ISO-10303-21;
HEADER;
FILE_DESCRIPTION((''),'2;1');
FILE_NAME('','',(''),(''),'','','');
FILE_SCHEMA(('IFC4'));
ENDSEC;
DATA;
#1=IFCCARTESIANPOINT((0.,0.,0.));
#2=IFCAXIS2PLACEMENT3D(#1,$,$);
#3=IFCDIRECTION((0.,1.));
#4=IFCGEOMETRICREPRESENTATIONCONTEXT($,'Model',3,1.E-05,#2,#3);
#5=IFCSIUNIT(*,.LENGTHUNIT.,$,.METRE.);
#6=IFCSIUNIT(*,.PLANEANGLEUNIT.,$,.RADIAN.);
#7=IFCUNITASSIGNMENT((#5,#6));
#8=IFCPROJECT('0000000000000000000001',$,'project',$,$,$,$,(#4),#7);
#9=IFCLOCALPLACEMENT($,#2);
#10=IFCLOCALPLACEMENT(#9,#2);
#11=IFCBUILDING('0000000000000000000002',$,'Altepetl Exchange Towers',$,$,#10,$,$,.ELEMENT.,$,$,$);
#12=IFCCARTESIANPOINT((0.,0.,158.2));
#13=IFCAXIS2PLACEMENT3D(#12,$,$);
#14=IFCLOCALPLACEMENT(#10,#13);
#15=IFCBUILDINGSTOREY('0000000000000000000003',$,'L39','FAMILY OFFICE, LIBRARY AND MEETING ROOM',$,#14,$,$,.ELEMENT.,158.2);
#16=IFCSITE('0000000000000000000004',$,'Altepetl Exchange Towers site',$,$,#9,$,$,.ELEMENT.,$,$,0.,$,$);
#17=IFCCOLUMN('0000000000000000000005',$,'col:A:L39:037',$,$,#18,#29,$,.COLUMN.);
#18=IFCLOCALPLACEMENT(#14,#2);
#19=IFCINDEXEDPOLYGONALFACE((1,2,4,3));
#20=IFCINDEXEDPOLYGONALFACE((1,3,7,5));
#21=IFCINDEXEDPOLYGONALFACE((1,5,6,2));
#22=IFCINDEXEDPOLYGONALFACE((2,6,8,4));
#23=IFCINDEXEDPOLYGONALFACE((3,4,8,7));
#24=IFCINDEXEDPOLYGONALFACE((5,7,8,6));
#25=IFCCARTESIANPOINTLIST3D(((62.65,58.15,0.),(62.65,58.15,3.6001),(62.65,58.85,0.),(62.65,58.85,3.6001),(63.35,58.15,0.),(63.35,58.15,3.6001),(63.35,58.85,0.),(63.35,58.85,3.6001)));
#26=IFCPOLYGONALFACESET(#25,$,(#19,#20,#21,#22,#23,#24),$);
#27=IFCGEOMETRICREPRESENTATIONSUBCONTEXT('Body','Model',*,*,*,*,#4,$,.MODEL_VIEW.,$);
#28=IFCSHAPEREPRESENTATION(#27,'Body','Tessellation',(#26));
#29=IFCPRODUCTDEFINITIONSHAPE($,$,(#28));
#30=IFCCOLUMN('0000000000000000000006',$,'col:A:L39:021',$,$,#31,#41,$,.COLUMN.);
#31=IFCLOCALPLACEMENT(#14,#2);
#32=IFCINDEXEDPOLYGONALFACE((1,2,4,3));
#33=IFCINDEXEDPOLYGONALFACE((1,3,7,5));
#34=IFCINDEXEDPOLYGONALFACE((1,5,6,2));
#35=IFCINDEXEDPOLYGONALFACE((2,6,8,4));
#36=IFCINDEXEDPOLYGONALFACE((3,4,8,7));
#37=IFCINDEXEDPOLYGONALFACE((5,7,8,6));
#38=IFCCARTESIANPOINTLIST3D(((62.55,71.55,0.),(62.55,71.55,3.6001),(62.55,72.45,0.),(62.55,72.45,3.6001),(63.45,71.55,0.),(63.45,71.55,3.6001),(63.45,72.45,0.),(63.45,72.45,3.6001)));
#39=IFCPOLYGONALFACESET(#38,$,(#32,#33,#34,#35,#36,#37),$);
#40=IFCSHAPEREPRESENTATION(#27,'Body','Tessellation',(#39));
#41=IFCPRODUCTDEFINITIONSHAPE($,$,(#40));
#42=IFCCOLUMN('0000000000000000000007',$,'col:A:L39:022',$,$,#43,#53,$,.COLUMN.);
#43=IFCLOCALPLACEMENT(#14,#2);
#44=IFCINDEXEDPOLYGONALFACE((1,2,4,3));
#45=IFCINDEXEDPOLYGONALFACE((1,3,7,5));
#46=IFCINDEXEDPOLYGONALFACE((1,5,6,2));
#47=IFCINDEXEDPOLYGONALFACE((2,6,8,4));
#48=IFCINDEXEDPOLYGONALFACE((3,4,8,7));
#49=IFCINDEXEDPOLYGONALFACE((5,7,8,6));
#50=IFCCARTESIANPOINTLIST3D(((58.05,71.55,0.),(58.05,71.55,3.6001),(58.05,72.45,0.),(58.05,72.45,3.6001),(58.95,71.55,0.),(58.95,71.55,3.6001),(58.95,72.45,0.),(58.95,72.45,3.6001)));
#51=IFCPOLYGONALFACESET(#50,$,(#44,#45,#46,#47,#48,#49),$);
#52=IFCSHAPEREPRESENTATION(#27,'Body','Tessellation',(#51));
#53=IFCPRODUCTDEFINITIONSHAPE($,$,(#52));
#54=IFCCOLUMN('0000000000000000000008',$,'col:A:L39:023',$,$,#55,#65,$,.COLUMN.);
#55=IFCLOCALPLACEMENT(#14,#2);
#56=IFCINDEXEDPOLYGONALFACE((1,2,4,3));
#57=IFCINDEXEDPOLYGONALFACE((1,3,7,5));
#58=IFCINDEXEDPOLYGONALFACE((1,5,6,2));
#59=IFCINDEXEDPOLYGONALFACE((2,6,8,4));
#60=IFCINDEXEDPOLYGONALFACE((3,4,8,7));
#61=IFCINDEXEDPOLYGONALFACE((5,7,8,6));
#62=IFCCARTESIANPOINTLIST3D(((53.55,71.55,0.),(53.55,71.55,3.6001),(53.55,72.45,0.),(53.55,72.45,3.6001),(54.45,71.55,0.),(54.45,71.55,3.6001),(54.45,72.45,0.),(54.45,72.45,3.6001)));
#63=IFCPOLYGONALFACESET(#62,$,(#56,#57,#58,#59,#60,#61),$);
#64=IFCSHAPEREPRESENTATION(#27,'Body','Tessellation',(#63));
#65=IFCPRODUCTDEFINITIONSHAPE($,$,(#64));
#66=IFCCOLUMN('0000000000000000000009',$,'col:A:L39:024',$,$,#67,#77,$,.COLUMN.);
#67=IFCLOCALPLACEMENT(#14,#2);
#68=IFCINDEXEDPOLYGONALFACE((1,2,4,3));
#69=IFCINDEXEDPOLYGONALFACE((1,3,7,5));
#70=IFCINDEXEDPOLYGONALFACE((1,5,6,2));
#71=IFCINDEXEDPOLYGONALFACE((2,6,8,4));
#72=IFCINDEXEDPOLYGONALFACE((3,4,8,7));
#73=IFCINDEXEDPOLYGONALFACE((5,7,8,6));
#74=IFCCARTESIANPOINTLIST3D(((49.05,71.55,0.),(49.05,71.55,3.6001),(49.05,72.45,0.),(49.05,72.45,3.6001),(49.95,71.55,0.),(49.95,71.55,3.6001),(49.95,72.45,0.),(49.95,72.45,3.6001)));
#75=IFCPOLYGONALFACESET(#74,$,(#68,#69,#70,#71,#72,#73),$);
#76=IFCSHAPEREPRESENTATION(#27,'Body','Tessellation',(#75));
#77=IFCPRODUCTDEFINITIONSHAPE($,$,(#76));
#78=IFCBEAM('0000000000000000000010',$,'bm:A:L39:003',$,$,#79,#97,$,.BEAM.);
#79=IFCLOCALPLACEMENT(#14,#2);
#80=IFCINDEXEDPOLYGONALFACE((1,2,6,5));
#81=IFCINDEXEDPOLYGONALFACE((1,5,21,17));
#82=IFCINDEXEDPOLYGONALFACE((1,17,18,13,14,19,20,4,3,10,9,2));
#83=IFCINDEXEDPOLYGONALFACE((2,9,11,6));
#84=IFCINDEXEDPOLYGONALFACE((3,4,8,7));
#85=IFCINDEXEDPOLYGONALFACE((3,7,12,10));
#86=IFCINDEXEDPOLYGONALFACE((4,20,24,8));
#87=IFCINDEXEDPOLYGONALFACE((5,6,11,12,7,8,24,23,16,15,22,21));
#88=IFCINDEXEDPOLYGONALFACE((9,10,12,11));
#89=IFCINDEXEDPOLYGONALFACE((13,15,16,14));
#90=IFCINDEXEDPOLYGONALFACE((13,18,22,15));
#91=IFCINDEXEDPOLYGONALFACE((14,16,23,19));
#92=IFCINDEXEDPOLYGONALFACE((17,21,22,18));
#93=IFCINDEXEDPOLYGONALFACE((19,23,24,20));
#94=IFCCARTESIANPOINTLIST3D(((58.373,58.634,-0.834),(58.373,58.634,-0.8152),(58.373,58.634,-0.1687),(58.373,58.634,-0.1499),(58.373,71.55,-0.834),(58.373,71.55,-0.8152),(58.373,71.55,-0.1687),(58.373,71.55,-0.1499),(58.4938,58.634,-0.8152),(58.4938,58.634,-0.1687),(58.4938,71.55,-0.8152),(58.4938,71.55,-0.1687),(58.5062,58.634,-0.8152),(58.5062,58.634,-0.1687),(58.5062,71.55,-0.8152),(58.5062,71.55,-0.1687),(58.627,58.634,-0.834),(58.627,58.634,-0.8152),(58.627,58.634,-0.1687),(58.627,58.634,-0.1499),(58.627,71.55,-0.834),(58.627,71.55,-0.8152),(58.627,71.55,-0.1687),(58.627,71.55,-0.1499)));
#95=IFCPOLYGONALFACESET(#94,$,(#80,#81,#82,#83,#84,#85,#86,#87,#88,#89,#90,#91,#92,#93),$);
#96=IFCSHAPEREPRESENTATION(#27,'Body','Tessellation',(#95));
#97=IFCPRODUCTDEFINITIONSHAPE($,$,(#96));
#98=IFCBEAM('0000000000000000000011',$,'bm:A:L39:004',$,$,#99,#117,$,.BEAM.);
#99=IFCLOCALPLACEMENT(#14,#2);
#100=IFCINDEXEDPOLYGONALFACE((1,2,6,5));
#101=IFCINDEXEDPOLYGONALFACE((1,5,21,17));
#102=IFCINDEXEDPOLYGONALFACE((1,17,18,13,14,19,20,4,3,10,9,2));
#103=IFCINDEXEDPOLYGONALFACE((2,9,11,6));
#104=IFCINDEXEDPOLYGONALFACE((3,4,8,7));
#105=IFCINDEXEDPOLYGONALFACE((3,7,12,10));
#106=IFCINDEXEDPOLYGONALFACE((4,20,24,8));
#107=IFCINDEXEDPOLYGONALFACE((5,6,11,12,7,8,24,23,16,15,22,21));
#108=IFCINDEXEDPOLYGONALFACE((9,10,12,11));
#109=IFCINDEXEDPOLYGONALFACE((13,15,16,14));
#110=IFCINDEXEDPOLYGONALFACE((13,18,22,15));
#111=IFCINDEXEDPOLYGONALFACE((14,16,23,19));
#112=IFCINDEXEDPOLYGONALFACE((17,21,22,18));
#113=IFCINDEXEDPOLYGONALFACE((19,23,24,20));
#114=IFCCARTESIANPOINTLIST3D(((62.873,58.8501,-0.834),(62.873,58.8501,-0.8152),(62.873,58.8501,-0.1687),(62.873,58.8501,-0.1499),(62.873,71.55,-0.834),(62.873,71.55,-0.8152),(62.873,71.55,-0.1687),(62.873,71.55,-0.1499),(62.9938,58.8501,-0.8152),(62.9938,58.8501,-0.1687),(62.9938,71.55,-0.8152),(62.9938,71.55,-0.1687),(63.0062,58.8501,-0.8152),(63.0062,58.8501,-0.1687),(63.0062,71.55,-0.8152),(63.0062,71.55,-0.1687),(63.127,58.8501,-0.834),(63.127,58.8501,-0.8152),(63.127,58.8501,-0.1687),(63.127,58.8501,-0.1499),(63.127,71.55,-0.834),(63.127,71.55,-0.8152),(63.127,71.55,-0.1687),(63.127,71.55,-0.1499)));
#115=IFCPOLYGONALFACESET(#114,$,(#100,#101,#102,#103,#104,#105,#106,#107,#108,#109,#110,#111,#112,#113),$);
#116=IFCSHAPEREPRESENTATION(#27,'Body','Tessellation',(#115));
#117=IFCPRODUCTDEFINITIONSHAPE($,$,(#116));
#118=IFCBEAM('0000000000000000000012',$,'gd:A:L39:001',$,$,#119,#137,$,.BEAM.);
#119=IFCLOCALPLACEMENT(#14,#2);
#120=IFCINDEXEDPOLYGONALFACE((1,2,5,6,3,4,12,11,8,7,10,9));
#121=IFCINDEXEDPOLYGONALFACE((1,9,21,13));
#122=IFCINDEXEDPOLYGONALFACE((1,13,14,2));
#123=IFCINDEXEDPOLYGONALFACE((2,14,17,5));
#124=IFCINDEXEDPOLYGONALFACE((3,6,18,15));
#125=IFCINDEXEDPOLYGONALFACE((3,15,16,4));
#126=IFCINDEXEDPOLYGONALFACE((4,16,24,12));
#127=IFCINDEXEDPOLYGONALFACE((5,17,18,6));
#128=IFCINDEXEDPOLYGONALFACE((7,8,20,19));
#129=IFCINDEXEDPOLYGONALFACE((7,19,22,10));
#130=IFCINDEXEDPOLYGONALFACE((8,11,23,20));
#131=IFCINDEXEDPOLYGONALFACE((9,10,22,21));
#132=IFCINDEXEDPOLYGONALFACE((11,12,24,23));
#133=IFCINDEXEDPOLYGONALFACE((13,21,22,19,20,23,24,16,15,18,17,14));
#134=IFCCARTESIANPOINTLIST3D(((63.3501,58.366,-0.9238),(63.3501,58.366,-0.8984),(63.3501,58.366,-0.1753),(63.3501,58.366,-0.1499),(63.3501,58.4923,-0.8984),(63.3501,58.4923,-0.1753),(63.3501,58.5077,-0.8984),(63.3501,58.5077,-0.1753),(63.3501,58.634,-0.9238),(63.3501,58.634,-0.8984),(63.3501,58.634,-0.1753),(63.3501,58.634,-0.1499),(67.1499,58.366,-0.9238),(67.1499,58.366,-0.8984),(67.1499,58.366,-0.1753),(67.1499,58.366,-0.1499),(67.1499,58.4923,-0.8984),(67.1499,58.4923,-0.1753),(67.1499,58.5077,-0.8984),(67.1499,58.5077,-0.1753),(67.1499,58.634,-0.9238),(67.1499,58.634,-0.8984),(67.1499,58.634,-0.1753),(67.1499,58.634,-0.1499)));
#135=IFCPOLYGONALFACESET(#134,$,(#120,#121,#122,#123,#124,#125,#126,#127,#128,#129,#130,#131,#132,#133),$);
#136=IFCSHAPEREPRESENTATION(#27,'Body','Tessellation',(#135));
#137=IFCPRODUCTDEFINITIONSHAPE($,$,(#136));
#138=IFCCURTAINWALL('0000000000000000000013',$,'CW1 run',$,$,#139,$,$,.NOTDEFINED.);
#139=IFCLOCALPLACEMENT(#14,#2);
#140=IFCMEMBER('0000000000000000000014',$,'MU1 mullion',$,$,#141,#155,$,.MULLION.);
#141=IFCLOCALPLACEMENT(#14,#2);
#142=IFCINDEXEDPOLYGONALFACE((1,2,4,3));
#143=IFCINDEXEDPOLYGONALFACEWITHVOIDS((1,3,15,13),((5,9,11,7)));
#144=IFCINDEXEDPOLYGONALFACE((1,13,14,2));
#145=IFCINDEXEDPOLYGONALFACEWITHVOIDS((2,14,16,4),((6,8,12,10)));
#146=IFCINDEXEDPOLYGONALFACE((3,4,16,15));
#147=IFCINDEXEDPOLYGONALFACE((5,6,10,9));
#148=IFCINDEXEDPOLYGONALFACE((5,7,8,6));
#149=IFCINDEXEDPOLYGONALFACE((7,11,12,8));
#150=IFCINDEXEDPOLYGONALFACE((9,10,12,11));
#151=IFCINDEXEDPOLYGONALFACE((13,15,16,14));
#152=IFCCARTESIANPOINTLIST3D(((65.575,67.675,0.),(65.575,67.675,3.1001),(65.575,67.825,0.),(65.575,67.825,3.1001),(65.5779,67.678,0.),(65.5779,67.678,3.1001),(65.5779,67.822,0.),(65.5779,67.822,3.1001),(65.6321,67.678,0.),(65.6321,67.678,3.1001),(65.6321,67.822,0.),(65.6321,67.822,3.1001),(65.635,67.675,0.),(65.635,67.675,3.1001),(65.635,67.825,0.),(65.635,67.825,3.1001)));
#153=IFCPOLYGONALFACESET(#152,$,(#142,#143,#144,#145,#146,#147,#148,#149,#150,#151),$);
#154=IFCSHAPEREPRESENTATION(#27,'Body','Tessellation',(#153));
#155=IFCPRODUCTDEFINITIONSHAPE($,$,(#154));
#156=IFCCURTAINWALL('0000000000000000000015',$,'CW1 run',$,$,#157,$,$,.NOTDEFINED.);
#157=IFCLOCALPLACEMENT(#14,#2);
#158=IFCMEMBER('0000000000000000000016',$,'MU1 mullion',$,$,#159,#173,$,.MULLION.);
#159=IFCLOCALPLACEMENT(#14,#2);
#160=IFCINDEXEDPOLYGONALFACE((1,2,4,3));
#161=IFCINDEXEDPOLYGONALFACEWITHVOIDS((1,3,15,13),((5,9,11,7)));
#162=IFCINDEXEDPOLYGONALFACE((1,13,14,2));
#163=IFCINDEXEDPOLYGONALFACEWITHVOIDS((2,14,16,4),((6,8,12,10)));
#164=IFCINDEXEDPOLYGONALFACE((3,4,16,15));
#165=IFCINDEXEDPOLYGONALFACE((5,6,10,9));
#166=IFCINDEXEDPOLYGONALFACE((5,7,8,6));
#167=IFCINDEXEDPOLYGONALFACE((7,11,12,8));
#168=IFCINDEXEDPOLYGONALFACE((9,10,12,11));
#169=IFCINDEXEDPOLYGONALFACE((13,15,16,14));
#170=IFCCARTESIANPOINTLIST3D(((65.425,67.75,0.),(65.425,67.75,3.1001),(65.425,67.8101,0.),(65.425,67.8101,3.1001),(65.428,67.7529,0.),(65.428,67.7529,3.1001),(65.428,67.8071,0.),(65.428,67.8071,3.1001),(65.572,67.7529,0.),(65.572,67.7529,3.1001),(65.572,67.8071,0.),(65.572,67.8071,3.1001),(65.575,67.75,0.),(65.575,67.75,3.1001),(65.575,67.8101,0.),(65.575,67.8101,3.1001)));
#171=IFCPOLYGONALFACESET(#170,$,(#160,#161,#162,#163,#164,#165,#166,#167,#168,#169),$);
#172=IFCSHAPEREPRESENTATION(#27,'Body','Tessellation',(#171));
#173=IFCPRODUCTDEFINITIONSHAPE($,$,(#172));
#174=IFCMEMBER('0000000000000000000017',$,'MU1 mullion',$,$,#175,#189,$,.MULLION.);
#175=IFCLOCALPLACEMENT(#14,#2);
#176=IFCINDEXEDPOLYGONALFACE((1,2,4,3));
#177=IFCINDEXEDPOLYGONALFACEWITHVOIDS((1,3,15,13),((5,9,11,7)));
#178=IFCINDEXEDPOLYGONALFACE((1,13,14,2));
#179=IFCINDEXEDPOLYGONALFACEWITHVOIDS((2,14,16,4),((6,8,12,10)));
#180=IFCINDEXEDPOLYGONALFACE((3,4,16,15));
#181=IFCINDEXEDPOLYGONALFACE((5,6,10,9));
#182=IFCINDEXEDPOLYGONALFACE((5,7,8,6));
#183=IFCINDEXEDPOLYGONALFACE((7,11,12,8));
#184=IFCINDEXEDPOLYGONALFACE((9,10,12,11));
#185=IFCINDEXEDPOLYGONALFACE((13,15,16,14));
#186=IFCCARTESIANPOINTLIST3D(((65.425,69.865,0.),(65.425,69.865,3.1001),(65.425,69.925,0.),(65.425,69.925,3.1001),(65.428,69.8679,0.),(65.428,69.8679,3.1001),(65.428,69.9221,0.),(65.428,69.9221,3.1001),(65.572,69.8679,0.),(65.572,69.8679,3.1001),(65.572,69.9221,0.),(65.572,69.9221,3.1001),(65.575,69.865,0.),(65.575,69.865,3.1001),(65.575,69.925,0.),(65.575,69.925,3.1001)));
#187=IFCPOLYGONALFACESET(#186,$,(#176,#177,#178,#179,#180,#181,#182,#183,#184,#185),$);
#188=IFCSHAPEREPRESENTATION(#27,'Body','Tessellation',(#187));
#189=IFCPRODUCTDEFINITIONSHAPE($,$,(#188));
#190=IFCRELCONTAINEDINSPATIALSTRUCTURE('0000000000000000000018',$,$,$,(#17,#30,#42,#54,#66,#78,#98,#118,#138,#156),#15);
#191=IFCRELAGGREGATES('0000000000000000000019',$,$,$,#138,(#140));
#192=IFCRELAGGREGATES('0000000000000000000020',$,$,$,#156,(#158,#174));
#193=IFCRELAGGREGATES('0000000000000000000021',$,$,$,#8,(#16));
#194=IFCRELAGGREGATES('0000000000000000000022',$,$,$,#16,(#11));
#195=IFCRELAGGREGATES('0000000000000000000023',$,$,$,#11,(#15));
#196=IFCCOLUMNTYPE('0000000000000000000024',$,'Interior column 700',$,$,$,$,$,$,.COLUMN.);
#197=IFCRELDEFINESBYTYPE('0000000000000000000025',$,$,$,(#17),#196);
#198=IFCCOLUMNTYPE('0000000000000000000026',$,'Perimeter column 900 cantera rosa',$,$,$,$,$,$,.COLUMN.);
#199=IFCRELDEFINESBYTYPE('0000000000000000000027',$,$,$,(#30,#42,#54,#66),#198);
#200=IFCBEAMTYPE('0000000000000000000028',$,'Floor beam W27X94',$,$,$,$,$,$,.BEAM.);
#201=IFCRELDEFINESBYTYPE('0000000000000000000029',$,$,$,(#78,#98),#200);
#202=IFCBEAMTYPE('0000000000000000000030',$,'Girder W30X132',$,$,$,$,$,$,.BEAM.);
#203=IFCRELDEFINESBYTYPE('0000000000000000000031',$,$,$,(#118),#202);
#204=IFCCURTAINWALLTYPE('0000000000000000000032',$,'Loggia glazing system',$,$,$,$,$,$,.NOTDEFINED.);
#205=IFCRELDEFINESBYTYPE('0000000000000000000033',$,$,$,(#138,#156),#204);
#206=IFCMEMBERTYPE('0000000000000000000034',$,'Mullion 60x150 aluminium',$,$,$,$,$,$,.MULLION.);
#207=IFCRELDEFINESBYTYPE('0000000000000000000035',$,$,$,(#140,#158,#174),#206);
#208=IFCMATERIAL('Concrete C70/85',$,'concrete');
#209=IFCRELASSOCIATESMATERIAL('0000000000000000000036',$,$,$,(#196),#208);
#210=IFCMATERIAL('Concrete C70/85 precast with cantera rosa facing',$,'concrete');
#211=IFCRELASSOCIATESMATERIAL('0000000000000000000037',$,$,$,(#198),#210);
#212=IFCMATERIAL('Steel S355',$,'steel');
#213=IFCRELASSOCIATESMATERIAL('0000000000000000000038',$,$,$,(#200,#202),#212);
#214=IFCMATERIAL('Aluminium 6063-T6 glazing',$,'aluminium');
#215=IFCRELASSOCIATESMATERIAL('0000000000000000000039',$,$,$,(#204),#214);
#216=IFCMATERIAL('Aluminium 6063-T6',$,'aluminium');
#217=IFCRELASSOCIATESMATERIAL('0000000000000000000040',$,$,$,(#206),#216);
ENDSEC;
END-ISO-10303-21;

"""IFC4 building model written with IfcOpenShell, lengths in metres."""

from ifc_helpers import new_model, si_unit, direction, frame, origin, origin_2d, place, context, subcontext, project, spatial, rectangle, hollow_rectangle, i_section, extrude, material, material_profile, profile_set, type_object, element, aggregate, save


model = new_model("IFC4")

# Units and contexts
model_context = context("Model", 3, precision=1e-05, world=origin(), true_north=direction((0.0, 1.0)))
body_context = subcontext(model_context, "Body", "Model", "MODEL_VIEW")
ifc_project = project(units=[si_unit("LENGTHUNIT", "METRE"), si_unit("PLANEANGLEUNIT", "RADIAN")], contexts=[model_context])

# Site, building, storey
site_placement = place(None, origin())
site = spatial("IfcSite", under=ifc_project, at=site_placement, Name="Altepetl Exchange Towers site", CompositionType="ELEMENT", RefElevation=0.0)
building_placement = place(site_placement, origin())
building = spatial("IfcBuilding", under=site, at=building_placement, Name="Altepetl Exchange Towers", CompositionType="ELEMENT")
storey_placement = place(building_placement, frame((0.0, 0.0, 158.2)))
storey = spatial("IfcBuildingStorey", under=building, at=storey_placement, Name="L39", Description="FAMILY OFFICE, LIBRARY AND MEETING ROOM", CompositionType="ELEMENT", Elevation=158.2)

# Columns
ifc_material_1 = material(Name="Concrete C70/85", Category="concrete")
ifc_material_profile_1 = material_profile(ifc_material_1, rectangle(XDim=0.7, YDim=0.7, at=origin_2d()), Name="700 x 700")
ifc_profile_set_1 = profile_set([ifc_material_profile_1], Name="Concrete C70/85")
column_type_1 = type_object("IfcColumnType", Name="Interior column 700", PredefinedType="COLUMN", material=ifc_profile_set_1)
column_placement = place(storey_placement, frame((63.0, 58.5, 0.0)))
element("IfcColumn", 1, at=column_placement, inside=storey, type_object=column_type_1, Name="col:A:L39:037", PredefinedType="COLUMN", context=body_context, shape_type="SweptSolid", body=[
    extrude(rectangle(XDim=0.7, YDim=0.7, at=origin_2d()), origin(), (0.0, 0.0, 1.0), 3.6001),
])
ifc_material_2 = material(Name="Concrete C70/85 precast with cantera rosa facing", Category="concrete")
ifc_material_profile_2 = material_profile(ifc_material_2, rectangle(XDim=0.8999, YDim=0.8999, at=origin_2d()), Name="900 x 900")
ifc_profile_set_2 = profile_set([ifc_material_profile_2], Name="Concrete C70/85 precast with cantera rosa facing")
column_type_2 = type_object("IfcColumnType", Name="Perimeter column 900 cantera rosa", PredefinedType="COLUMN", material=ifc_profile_set_2)
for number, where, name in (
    (2, (63.0, 72.0, 0.0), "col:A:L39:021"),
    (3, (58.5, 72.0, 0.0), "col:A:L39:022"),
    (4, (54.0, 72.0, 0.0), "col:A:L39:023"),
    (5, (49.5, 72.0, 0.0), "col:A:L39:024"),
):
    element("IfcColumn", number, at=place(storey_placement, frame(where)), inside=storey, type_object=column_type_2, Name=name, PredefinedType="COLUMN", context=body_context, shape_type="SweptSolid", body=[
        extrude(rectangle(XDim=0.8999, YDim=0.8999, at=origin_2d()), origin(), (0.0, 0.0, 1.0), 3.6001),
    ])

# Beams
ifc_material_3 = material(Name="Steel S355", Category="steel")
ifc_material_profile_3 = material_profile(ifc_material_3, i_section(OverallWidth=0.2539, OverallDepth=0.6841, WebThickness=0.0125, FlangeThickness=0.0188, at=origin_2d()), Name="W27X94")
ifc_profile_set_3 = profile_set([ifc_material_profile_3], Name="Steel S355")
beam_type_1 = type_object("IfcBeamType", Name="Floor beam W27X94", PredefinedType="BEAM", material=ifc_profile_set_3)
beam_1_placement = place(storey_placement, frame((58.5, 58.634, -0.4919), z_axis=(0.0, 1.0, 0.0), x_axis=(-1.0, 0.0, 0.0)))
element("IfcBeam", 6, at=beam_1_placement, inside=storey, type_object=beam_type_1, Name="bm:A:L39:003", PredefinedType="BEAM", context=body_context, shape_type="SweptSolid", body=[
    extrude(i_section(OverallWidth=0.2539, OverallDepth=0.6841, WebThickness=0.0125, FlangeThickness=0.0188, at=origin_2d()), origin(), (0.0, 0.0, 1.0), 12.916),
])
beam_2_placement = place(storey_placement, frame((63.0, 58.8501, -0.4919), z_axis=(0.0, 1.0, 0.0), x_axis=(-1.0, 0.0, 0.0)))
element("IfcBeam", 7, at=beam_2_placement, inside=storey, type_object=beam_type_1, Name="bm:A:L39:004", PredefinedType="BEAM", context=body_context, shape_type="SweptSolid", body=[
    extrude(i_section(OverallWidth=0.2539, OverallDepth=0.6841, WebThickness=0.0125, FlangeThickness=0.0188, at=origin_2d()), origin(), (0.0, 0.0, 1.0), 12.7),
])
ifc_material_profile_4 = material_profile(ifc_material_3, i_section(OverallWidth=0.2681, OverallDepth=0.7739, WebThickness=0.0154, FlangeThickness=0.0254, at=origin_2d()), Name="W30X132")
ifc_profile_set_4 = profile_set([ifc_material_profile_4], Name="Steel S355")
beam_type_2 = type_object("IfcBeamType", Name="Girder W30X132", PredefinedType="BEAM", material=ifc_profile_set_4)
beam_3_placement = place(storey_placement, frame((63.3501, 58.5, -0.5369), z_axis=(1.0, 0.0, 0.0), x_axis=(0.0, 1.0, 0.0)))
element("IfcBeam", 8, at=beam_3_placement, inside=storey, type_object=beam_type_2, Name="gd:A:L39:001", PredefinedType="BEAM", context=body_context, shape_type="SweptSolid", body=[
    extrude(i_section(OverallWidth=0.2681, OverallDepth=0.7739, WebThickness=0.0154, FlangeThickness=0.0254, at=origin_2d()), origin(), (0.0, 0.0, 1.0), 3.7998),
])

# Curtain wall, member
ifc_material_4 = material(Name="Aluminium 6063-T6 glazing", Category="aluminium")
curtain_wall_type = type_object("IfcCurtainWallType", Name="Loggia glazing system", PredefinedType="NOTDEFINED", material=ifc_material_4)
curtain_wall_1_placement = place(storey_placement, origin())
curtain_wall_1 = element("IfcCurtainWall", 9, at=curtain_wall_1_placement, inside=storey, type_object=curtain_wall_type, Name="CW1 run", PredefinedType="NOTDEFINED")
ifc_material_5 = material(Name="Aluminium 6063-T6", Category="aluminium")
ifc_material_profile_5 = material_profile(ifc_material_5, hollow_rectangle(XDim=0.0601, YDim=0.1499, WallThickness=0.0029, at=origin_2d()), Name="Mullion 60x150 aluminium")
ifc_profile_set_5 = profile_set([ifc_material_profile_5], Name="Aluminium 6063-T6")
member_type = type_object("IfcMemberType", Name="Mullion 60x150 aluminium", PredefinedType="MULLION", material=ifc_profile_set_5)
member_1_placement = place(storey_placement, frame((65.605, 67.75, 0.0), z_axis=(0.0, 0.0, 1.0), x_axis=(-1.0, 0.0, 0.0)))
member_1 = element("IfcMember", 10, at=member_1_placement, type_object=member_type, Name="MU1 mullion", PredefinedType="MULLION", context=body_context, shape_type="SweptSolid", body=[
    extrude(hollow_rectangle(XDim=0.0601, YDim=0.1499, WallThickness=0.0029, at=origin_2d()), origin(), (0.0, 0.0, 1.0), 3.1001),
])

# Curtain wall, members
curtain_wall_2_placement = place(storey_placement, origin())
curtain_wall_2 = element("IfcCurtainWall", 11, at=curtain_wall_2_placement, inside=storey, type_object=curtain_wall_type, Name="CW1 run", PredefinedType="NOTDEFINED")
member_2_placement = place(storey_placement, frame((65.5, 67.78, 0.0), z_axis=(0.0, 0.0, 1.0), x_axis=(0.0, 1.0, 0.0)))
member_2 = element("IfcMember", 12, at=member_2_placement, type_object=member_type, Name="MU1 mullion", PredefinedType="MULLION", context=body_context, shape_type="SweptSolid", body=[
    extrude(hollow_rectangle(XDim=0.0601, YDim=0.1499, WallThickness=0.0029, at=origin_2d()), origin(), (0.0, 0.0, 1.0), 3.1001),
])
member_3_placement = place(storey_placement, frame((65.5, 69.895, 0.0), z_axis=(0.0, 0.0, 1.0), x_axis=(0.0, 1.0, 0.0)))
member_3 = element("IfcMember", 13, at=member_3_placement, type_object=member_type, Name="MU1 mullion", PredefinedType="MULLION", context=body_context, shape_type="SweptSolid", body=[
    extrude(hollow_rectangle(XDim=0.0601, YDim=0.1499, WallThickness=0.0029, at=origin_2d()), origin(), (0.0, 0.0, 1.0), 3.1001),
])

aggregate(curtain_wall_1, [member_1])
aggregate(curtain_wall_2, [member_2, member_3])

save(model, "model.ifc")
